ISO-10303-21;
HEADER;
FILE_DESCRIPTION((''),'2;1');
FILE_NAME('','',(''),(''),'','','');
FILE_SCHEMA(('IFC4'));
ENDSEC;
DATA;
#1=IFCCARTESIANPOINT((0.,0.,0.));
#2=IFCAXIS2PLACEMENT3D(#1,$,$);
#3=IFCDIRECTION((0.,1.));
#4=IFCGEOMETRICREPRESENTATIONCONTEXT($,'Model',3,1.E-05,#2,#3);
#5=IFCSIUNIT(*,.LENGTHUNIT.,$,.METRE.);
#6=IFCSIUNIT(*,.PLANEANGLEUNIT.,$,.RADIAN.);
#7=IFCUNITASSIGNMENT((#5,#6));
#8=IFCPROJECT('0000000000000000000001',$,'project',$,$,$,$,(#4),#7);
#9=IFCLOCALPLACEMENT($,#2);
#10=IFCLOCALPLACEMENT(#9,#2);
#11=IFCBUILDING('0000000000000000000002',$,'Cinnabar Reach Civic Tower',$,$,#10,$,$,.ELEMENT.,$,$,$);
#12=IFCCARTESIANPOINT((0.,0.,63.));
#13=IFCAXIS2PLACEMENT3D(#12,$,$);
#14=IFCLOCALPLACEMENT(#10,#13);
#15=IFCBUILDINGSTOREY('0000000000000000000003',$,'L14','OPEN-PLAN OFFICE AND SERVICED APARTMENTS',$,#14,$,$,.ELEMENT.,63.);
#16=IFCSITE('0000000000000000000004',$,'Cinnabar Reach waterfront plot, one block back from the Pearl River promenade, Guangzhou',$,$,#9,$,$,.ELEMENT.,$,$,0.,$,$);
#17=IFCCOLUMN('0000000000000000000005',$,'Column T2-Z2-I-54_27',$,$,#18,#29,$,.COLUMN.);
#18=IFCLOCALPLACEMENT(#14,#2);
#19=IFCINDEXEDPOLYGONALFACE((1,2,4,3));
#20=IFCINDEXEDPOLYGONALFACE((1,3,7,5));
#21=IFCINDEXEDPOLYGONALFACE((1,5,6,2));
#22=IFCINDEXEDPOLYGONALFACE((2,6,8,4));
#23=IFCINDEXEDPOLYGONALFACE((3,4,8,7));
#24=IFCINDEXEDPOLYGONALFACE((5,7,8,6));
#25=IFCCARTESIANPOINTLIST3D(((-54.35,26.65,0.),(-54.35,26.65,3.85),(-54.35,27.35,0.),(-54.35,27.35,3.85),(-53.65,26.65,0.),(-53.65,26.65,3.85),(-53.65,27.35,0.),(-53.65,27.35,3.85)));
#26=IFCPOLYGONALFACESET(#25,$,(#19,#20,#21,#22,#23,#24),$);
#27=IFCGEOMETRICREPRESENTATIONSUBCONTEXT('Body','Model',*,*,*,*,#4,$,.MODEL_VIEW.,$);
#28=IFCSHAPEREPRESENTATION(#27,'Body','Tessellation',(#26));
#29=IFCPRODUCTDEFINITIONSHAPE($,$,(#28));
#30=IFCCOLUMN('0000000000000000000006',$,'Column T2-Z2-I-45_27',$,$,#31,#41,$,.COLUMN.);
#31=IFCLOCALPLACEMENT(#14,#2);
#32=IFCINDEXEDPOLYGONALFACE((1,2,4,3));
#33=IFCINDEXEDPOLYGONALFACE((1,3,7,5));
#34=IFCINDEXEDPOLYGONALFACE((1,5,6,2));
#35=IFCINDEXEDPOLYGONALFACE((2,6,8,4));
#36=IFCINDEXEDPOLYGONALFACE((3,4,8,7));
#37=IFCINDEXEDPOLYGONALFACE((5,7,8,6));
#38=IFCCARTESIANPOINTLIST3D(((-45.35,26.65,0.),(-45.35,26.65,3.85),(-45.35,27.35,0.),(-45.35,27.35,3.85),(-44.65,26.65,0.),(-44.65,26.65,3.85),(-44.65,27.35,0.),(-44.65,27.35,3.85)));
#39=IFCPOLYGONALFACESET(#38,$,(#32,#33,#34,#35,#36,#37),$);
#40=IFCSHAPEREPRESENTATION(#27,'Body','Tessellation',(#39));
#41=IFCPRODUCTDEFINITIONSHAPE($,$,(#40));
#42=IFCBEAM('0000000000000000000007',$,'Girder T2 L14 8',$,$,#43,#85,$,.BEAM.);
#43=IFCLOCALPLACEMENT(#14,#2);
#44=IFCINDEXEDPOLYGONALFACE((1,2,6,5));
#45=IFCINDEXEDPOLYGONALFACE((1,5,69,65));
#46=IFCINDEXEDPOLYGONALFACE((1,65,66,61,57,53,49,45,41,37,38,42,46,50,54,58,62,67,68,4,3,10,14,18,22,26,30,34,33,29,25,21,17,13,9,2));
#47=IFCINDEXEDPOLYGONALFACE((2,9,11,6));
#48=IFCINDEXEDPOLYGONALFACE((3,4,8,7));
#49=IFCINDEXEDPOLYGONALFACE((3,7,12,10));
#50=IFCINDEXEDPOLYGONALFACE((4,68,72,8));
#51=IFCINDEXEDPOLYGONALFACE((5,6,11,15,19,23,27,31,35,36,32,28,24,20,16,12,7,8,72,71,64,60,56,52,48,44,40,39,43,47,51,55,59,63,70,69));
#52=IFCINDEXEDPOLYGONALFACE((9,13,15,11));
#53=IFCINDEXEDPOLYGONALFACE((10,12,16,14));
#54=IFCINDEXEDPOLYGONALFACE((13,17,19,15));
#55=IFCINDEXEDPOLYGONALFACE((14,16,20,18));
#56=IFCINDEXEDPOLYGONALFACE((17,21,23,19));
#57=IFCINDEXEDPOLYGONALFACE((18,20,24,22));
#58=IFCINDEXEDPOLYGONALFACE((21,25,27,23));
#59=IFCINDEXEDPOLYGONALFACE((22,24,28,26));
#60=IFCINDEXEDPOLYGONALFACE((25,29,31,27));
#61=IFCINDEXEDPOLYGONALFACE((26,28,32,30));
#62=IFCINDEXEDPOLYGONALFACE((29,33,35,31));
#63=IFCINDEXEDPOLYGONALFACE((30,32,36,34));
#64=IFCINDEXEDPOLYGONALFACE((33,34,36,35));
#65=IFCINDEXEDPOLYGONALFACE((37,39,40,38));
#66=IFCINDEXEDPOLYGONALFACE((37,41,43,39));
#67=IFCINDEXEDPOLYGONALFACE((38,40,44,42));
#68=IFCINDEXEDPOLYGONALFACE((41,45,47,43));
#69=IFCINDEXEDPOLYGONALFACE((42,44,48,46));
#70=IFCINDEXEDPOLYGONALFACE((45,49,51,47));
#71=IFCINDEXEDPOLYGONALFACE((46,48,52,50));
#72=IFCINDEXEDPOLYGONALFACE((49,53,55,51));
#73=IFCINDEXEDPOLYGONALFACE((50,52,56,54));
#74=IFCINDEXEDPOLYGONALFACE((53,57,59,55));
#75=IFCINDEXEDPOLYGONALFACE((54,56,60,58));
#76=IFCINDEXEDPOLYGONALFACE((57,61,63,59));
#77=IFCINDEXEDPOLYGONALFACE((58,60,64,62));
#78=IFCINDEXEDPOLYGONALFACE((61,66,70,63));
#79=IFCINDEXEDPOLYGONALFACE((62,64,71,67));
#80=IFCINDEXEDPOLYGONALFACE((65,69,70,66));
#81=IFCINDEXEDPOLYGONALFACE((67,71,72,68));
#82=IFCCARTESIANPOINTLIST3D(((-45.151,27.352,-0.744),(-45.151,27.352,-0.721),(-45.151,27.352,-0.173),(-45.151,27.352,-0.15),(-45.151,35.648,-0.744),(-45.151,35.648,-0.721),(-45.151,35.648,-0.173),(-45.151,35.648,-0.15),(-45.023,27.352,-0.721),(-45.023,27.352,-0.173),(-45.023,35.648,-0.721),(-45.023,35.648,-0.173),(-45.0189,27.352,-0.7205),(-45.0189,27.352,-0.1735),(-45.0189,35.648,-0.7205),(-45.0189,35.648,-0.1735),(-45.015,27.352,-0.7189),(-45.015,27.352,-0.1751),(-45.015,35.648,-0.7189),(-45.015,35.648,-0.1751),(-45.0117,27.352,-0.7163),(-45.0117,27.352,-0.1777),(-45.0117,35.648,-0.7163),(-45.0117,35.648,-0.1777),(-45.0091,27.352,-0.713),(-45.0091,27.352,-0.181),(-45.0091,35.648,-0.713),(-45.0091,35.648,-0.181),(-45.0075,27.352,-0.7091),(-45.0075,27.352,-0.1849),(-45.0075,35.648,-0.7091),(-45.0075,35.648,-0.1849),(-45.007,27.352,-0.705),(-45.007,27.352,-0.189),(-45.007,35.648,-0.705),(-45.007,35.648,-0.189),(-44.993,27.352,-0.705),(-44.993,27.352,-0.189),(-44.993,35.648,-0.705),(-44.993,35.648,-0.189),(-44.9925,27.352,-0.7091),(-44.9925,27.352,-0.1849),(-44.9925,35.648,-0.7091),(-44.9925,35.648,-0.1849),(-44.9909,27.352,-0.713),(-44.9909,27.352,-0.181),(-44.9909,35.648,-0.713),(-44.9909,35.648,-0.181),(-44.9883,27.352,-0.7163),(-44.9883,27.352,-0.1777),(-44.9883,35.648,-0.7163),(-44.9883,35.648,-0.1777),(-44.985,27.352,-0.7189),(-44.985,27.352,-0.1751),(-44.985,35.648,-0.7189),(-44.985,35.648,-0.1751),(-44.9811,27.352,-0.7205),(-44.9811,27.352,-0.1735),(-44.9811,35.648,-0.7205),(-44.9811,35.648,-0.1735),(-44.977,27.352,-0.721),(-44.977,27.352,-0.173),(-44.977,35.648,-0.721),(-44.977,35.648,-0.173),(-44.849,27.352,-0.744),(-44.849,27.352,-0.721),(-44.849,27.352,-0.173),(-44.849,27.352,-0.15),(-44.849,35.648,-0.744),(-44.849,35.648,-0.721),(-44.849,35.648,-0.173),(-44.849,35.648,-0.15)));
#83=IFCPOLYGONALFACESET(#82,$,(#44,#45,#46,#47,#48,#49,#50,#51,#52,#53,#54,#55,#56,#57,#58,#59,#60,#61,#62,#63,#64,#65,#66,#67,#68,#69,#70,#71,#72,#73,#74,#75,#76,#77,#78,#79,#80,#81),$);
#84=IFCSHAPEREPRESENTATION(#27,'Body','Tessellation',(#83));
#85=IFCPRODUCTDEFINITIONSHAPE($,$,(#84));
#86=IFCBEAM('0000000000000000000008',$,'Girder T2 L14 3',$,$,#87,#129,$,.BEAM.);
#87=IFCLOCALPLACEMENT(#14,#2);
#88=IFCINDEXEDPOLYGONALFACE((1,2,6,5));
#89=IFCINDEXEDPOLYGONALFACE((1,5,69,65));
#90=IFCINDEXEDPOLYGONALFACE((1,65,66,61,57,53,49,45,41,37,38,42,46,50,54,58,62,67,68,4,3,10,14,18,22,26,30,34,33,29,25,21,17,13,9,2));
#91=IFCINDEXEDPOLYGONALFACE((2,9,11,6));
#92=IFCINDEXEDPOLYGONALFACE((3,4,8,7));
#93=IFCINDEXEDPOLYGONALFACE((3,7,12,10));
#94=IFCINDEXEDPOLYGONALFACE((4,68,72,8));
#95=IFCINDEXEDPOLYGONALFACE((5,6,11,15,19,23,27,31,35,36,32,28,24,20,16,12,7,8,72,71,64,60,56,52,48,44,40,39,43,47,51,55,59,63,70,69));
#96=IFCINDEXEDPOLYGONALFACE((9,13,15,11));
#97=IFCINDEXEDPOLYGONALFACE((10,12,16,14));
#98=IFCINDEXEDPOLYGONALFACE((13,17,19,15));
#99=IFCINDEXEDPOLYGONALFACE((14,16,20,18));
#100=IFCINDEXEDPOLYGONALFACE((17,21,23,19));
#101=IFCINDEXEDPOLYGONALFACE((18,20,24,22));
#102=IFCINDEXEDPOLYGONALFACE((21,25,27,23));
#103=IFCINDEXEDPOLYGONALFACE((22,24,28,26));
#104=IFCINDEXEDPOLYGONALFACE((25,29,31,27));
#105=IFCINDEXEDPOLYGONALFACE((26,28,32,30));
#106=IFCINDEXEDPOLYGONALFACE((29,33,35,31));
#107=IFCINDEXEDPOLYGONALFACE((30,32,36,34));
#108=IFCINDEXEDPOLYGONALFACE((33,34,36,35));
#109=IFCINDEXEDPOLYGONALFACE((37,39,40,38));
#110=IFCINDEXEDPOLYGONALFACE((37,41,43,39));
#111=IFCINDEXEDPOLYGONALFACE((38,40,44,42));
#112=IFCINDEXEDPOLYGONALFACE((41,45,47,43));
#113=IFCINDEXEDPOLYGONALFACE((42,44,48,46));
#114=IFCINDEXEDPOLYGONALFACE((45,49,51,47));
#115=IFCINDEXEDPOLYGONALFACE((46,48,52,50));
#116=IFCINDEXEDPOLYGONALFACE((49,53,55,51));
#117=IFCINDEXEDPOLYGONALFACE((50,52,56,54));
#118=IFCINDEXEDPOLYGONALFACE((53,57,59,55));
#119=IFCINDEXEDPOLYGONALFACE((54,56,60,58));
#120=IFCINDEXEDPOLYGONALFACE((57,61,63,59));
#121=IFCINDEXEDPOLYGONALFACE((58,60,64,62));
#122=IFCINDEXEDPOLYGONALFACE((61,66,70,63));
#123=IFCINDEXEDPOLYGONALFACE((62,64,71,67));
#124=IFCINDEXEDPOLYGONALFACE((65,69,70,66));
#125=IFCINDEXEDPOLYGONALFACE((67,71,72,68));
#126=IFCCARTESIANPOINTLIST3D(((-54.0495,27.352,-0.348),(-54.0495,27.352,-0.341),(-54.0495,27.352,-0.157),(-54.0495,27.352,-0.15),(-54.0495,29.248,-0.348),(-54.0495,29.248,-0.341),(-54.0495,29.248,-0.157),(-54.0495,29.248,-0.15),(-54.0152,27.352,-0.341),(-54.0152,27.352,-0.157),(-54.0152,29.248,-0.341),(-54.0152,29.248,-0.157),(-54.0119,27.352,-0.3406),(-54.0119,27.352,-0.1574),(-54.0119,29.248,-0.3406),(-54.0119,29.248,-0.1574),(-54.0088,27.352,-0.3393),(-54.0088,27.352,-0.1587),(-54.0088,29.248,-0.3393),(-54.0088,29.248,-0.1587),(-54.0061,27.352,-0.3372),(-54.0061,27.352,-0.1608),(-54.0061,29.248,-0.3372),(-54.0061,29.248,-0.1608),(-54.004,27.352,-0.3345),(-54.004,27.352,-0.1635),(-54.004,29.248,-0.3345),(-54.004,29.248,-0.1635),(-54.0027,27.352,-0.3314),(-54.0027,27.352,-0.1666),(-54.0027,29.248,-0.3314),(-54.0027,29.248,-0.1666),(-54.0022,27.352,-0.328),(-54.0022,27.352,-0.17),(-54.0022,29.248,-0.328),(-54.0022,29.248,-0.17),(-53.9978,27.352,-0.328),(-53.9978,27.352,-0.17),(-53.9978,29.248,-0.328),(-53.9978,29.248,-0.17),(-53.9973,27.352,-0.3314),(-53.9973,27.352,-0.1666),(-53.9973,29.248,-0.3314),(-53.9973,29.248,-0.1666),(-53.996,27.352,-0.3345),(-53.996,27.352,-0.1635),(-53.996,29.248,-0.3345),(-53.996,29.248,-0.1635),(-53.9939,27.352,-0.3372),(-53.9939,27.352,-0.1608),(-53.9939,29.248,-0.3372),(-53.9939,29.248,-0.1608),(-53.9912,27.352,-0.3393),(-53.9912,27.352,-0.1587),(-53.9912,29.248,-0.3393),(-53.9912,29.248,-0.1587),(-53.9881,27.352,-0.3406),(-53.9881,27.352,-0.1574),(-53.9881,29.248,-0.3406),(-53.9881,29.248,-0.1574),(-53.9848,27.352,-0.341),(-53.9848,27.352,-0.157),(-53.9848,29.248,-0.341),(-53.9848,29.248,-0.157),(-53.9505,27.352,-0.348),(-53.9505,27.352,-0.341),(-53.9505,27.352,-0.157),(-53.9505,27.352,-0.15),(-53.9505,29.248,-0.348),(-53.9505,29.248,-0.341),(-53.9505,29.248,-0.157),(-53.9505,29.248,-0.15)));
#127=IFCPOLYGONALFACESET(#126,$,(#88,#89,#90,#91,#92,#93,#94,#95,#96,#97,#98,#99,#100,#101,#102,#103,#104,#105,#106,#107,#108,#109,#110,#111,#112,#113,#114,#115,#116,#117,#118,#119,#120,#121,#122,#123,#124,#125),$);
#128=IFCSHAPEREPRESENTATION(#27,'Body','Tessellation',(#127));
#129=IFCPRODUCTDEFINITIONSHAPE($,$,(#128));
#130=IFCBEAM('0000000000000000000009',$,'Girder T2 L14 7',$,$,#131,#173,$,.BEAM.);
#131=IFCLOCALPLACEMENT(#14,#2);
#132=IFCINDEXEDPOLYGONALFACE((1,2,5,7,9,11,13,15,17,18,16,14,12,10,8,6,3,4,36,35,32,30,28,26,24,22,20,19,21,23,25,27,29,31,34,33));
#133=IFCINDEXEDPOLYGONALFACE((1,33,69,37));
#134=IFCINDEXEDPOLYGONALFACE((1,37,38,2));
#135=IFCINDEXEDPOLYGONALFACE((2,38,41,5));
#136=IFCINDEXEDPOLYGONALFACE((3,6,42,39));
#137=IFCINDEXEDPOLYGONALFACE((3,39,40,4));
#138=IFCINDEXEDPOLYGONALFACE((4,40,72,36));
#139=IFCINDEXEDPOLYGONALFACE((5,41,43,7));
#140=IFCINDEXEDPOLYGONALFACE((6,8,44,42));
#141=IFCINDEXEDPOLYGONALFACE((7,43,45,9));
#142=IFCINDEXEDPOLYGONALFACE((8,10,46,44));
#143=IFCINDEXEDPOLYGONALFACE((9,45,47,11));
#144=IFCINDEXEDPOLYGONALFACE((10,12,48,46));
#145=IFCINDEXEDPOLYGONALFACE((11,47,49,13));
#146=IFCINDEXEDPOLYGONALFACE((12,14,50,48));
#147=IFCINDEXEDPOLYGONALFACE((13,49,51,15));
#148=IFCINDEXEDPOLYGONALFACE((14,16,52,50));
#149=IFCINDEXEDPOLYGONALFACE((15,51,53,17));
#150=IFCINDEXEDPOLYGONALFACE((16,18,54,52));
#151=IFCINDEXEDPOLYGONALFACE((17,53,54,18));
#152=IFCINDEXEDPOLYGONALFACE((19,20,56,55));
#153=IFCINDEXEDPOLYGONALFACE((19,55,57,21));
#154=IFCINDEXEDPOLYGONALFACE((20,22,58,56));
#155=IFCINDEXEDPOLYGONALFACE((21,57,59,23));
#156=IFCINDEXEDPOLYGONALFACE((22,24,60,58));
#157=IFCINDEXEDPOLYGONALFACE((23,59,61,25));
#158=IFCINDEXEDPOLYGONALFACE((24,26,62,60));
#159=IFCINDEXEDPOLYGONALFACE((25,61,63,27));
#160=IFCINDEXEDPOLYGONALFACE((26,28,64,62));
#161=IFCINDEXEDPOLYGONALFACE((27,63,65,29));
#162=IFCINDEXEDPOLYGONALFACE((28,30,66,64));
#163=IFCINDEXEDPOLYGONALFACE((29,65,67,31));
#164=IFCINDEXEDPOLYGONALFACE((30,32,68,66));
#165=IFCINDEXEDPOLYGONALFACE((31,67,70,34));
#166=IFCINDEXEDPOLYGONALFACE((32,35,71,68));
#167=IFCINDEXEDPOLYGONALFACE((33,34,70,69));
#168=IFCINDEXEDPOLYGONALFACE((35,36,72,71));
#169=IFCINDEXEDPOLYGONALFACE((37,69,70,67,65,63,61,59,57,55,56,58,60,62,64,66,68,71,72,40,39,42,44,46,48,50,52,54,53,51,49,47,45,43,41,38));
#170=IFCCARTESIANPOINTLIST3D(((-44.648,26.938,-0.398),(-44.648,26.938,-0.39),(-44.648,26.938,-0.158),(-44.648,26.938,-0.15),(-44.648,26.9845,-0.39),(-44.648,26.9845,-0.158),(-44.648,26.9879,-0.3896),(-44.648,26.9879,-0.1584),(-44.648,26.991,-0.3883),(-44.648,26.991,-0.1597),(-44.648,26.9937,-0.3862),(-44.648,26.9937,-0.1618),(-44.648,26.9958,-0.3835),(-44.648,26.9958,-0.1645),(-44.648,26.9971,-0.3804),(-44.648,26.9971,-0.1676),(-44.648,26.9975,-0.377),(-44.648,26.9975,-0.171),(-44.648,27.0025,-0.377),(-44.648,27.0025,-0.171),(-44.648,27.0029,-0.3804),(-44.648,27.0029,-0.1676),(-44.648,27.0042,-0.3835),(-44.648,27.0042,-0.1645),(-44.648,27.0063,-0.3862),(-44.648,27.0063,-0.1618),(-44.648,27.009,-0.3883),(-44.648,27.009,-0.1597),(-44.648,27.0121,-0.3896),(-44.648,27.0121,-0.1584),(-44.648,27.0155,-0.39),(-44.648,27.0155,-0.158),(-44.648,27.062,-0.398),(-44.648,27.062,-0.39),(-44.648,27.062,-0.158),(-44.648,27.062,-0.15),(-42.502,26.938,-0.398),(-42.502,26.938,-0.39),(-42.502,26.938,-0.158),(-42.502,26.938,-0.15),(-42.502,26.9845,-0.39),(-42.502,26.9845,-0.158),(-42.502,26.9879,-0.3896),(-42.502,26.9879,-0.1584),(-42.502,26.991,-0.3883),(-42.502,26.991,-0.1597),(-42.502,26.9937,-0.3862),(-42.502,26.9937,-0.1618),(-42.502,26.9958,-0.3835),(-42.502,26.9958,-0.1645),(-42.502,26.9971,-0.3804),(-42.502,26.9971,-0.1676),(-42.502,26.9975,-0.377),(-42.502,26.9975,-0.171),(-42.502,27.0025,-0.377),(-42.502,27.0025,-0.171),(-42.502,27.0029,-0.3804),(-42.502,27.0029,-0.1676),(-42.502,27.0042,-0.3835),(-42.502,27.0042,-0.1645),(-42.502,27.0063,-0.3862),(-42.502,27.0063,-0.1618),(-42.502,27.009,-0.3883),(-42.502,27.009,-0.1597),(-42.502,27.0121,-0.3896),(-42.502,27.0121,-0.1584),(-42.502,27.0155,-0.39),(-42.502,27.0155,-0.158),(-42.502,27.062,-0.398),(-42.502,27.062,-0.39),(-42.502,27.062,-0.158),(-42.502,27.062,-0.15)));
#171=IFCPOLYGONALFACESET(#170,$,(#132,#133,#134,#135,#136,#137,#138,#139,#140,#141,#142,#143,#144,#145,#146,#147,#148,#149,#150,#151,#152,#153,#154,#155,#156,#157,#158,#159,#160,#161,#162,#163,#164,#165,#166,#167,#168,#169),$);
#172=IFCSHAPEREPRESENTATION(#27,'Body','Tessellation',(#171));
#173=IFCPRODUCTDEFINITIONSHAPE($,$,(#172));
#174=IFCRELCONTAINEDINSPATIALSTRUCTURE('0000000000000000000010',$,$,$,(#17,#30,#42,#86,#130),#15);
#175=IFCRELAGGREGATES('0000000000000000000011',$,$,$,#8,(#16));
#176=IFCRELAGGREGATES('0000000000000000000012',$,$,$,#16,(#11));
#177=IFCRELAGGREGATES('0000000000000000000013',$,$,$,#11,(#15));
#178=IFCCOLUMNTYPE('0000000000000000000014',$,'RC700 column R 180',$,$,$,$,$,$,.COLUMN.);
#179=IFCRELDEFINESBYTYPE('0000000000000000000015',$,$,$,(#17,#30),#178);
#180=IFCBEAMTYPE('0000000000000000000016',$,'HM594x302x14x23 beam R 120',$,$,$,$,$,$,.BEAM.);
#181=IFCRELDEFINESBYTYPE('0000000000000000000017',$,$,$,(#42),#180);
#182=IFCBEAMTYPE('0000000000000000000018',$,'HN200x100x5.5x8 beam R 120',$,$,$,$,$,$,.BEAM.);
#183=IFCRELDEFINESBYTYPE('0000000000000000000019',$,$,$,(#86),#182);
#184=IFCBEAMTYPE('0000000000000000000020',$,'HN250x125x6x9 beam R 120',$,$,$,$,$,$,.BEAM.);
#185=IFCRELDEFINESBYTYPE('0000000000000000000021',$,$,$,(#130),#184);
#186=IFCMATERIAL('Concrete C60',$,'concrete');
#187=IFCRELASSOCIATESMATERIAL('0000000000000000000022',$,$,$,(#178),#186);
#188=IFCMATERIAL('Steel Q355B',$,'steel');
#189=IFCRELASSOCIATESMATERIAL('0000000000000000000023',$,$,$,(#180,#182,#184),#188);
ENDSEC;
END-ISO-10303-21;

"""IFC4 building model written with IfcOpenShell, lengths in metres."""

from ifc_helpers import new_model, si_unit, direction, frame, origin, origin_2d, place, context, subcontext, project, spatial, rectangle, i_section, extrude, material, material_profile, profile_set, type_object, element, save


model = new_model("IFC4")

# Units and contexts
model_context = context("Model", 3, precision=1e-05, world=origin(), true_north=direction((0.0, 1.0)))
body_context = subcontext(model_context, "Body", "Model", "MODEL_VIEW")
ifc_project = project(units=[si_unit("LENGTHUNIT", "METRE"), si_unit("PLANEANGLEUNIT", "RADIAN")], contexts=[model_context])

# Site, building, storey
site_placement = place(None, origin())
site = spatial("IfcSite", under=ifc_project, at=site_placement, Name="Cinnabar Reach waterfront plot, one block back from the Pearl River promenade, Guangzhou", CompositionType="ELEMENT", RefElevation=0.0)
building_placement = place(site_placement, origin())
building = spatial("IfcBuilding", under=site, at=building_placement, Name="Cinnabar Reach Civic Tower", CompositionType="ELEMENT")
storey_placement = place(building_placement, frame((0.0, 0.0, 63.0)))
storey = spatial("IfcBuildingStorey", under=building, at=storey_placement, Name="L14", Description="OPEN-PLAN OFFICE AND SERVICED APARTMENTS", CompositionType="ELEMENT", Elevation=63.0)

# Columns
ifc_material_1 = material(Name="Concrete C60", Category="concrete")
ifc_material_profile_1 = material_profile(ifc_material_1, rectangle(XDim=0.7, YDim=0.7, at=origin_2d()), Name="RC700")
ifc_profile_set_1 = profile_set([ifc_material_profile_1], Name="Concrete C60")
column_type = type_object("IfcColumnType", Name="RC700 column R 180", PredefinedType="COLUMN", material=ifc_profile_set_1)
for number, where, z_axis, x_axis, name in (
    (1, (-54.0, 27.0, 0.0), (0.0, 0.0, 1.0), (1.0, 0.0, 0.0), "Column T2-Z2-I-54_27"),
    (2, (-45.0, 27.0, 0.0), (0.0, 0.0, 1.0), (1.0, 0.0, 0.0), "Column T2-Z2-I-45_27"),
):
    element("IfcColumn", number, at=place(storey_placement, frame(where, z_axis=z_axis, x_axis=x_axis)), inside=storey, type_object=column_type, Name=name, PredefinedType="COLUMN", context=body_context, shape_type="SweptSolid", body=[
        extrude(rectangle(XDim=0.7, YDim=0.7, at=origin_2d()), origin(), (0.0, 0.0, 1.0), 3.85),
    ])

# Beams
ifc_material_2 = material(Name="Steel Q355B", Category="steel")
ifc_material_profile_2 = material_profile(ifc_material_2, i_section(OverallWidth=0.302, OverallDepth=0.594, WebThickness=0.014, FlangeThickness=0.023, FilletRadius=0.016, at=origin_2d()), Name="HM594x302x14x23")
ifc_profile_set_2 = profile_set([ifc_material_profile_2], Name="Steel Q355B")
beam_type_1 = type_object("IfcBeamType", Name="HM594x302x14x23 beam R 120", PredefinedType="BEAM", material=ifc_profile_set_2)
beam_1_placement = place(storey_placement, frame((-45.0, 27.352, -0.447), z_axis=(0.0, 1.0, 0.0), x_axis=(-1.0, 0.0, 0.0)))
element("IfcBeam", 3, at=beam_1_placement, inside=storey, type_object=beam_type_1, Name="Girder T2 L14 8", PredefinedType="BEAM", context=body_context, shape_type="SweptSolid", body=[
    extrude(i_section(OverallWidth=0.302, OverallDepth=0.594, WebThickness=0.014, FlangeThickness=0.023, FilletRadius=0.016, at=origin_2d()), origin(), (0.0, 0.0, 1.0), 8.296),
])
ifc_material_profile_3 = material_profile(ifc_material_2, i_section(OverallWidth=0.099, OverallDepth=0.198, WebThickness=0.0045, FlangeThickness=0.007, FilletRadius=0.013, at=origin_2d()), Name="HN200x100x5.5x8")
ifc_profile_set_3 = profile_set([ifc_material_profile_3], Name="Steel Q355B")
beam_type_2 = type_object("IfcBeamType", Name="HN200x100x5.5x8 beam R 120", PredefinedType="BEAM", material=ifc_profile_set_3)
beam_2_placement = place(storey_placement, frame((-54.0, 27.352, -0.249), z_axis=(0.0, 1.0, 0.0), x_axis=(-1.0, 0.0, 0.0)))
element("IfcBeam", 4, at=beam_2_placement, inside=storey, type_object=beam_type_2, Name="Girder T2 L14 3", PredefinedType="BEAM", context=body_context, shape_type="SweptSolid", body=[
    extrude(i_section(OverallWidth=0.099, OverallDepth=0.198, WebThickness=0.0045, FlangeThickness=0.007, FilletRadius=0.013, at=origin_2d()), origin(), (0.0, 0.0, 1.0), 1.896),
])
ifc_material_profile_4 = material_profile(ifc_material_2, i_section(OverallWidth=0.124, OverallDepth=0.248, WebThickness=0.005, FlangeThickness=0.008, FilletRadius=0.013, at=origin_2d()), Name="HN250x125x6x9")
ifc_profile_set_4 = profile_set([ifc_material_profile_4], Name="Steel Q355B")
beam_type_3 = type_object("IfcBeamType", Name="HN250x125x6x9 beam R 120", PredefinedType="BEAM", material=ifc_profile_set_4)
beam_3_placement = place(storey_placement, frame((-44.648, 27.0, -0.274), z_axis=(1.0, 0.0, 0.0), x_axis=(0.0, 1.0, 0.0)))
element("IfcBeam", 5, at=beam_3_placement, inside=storey, type_object=beam_type_3, Name="Girder T2 L14 7", PredefinedType="BEAM", context=body_context, shape_type="SweptSolid", body=[
    extrude(i_section(OverallWidth=0.124, OverallDepth=0.248, WebThickness=0.005, FlangeThickness=0.008, FilletRadius=0.013, at=origin_2d()), origin(), (0.0, 0.0, 1.0), 2.146),
])

save(model, "model.ifc")
